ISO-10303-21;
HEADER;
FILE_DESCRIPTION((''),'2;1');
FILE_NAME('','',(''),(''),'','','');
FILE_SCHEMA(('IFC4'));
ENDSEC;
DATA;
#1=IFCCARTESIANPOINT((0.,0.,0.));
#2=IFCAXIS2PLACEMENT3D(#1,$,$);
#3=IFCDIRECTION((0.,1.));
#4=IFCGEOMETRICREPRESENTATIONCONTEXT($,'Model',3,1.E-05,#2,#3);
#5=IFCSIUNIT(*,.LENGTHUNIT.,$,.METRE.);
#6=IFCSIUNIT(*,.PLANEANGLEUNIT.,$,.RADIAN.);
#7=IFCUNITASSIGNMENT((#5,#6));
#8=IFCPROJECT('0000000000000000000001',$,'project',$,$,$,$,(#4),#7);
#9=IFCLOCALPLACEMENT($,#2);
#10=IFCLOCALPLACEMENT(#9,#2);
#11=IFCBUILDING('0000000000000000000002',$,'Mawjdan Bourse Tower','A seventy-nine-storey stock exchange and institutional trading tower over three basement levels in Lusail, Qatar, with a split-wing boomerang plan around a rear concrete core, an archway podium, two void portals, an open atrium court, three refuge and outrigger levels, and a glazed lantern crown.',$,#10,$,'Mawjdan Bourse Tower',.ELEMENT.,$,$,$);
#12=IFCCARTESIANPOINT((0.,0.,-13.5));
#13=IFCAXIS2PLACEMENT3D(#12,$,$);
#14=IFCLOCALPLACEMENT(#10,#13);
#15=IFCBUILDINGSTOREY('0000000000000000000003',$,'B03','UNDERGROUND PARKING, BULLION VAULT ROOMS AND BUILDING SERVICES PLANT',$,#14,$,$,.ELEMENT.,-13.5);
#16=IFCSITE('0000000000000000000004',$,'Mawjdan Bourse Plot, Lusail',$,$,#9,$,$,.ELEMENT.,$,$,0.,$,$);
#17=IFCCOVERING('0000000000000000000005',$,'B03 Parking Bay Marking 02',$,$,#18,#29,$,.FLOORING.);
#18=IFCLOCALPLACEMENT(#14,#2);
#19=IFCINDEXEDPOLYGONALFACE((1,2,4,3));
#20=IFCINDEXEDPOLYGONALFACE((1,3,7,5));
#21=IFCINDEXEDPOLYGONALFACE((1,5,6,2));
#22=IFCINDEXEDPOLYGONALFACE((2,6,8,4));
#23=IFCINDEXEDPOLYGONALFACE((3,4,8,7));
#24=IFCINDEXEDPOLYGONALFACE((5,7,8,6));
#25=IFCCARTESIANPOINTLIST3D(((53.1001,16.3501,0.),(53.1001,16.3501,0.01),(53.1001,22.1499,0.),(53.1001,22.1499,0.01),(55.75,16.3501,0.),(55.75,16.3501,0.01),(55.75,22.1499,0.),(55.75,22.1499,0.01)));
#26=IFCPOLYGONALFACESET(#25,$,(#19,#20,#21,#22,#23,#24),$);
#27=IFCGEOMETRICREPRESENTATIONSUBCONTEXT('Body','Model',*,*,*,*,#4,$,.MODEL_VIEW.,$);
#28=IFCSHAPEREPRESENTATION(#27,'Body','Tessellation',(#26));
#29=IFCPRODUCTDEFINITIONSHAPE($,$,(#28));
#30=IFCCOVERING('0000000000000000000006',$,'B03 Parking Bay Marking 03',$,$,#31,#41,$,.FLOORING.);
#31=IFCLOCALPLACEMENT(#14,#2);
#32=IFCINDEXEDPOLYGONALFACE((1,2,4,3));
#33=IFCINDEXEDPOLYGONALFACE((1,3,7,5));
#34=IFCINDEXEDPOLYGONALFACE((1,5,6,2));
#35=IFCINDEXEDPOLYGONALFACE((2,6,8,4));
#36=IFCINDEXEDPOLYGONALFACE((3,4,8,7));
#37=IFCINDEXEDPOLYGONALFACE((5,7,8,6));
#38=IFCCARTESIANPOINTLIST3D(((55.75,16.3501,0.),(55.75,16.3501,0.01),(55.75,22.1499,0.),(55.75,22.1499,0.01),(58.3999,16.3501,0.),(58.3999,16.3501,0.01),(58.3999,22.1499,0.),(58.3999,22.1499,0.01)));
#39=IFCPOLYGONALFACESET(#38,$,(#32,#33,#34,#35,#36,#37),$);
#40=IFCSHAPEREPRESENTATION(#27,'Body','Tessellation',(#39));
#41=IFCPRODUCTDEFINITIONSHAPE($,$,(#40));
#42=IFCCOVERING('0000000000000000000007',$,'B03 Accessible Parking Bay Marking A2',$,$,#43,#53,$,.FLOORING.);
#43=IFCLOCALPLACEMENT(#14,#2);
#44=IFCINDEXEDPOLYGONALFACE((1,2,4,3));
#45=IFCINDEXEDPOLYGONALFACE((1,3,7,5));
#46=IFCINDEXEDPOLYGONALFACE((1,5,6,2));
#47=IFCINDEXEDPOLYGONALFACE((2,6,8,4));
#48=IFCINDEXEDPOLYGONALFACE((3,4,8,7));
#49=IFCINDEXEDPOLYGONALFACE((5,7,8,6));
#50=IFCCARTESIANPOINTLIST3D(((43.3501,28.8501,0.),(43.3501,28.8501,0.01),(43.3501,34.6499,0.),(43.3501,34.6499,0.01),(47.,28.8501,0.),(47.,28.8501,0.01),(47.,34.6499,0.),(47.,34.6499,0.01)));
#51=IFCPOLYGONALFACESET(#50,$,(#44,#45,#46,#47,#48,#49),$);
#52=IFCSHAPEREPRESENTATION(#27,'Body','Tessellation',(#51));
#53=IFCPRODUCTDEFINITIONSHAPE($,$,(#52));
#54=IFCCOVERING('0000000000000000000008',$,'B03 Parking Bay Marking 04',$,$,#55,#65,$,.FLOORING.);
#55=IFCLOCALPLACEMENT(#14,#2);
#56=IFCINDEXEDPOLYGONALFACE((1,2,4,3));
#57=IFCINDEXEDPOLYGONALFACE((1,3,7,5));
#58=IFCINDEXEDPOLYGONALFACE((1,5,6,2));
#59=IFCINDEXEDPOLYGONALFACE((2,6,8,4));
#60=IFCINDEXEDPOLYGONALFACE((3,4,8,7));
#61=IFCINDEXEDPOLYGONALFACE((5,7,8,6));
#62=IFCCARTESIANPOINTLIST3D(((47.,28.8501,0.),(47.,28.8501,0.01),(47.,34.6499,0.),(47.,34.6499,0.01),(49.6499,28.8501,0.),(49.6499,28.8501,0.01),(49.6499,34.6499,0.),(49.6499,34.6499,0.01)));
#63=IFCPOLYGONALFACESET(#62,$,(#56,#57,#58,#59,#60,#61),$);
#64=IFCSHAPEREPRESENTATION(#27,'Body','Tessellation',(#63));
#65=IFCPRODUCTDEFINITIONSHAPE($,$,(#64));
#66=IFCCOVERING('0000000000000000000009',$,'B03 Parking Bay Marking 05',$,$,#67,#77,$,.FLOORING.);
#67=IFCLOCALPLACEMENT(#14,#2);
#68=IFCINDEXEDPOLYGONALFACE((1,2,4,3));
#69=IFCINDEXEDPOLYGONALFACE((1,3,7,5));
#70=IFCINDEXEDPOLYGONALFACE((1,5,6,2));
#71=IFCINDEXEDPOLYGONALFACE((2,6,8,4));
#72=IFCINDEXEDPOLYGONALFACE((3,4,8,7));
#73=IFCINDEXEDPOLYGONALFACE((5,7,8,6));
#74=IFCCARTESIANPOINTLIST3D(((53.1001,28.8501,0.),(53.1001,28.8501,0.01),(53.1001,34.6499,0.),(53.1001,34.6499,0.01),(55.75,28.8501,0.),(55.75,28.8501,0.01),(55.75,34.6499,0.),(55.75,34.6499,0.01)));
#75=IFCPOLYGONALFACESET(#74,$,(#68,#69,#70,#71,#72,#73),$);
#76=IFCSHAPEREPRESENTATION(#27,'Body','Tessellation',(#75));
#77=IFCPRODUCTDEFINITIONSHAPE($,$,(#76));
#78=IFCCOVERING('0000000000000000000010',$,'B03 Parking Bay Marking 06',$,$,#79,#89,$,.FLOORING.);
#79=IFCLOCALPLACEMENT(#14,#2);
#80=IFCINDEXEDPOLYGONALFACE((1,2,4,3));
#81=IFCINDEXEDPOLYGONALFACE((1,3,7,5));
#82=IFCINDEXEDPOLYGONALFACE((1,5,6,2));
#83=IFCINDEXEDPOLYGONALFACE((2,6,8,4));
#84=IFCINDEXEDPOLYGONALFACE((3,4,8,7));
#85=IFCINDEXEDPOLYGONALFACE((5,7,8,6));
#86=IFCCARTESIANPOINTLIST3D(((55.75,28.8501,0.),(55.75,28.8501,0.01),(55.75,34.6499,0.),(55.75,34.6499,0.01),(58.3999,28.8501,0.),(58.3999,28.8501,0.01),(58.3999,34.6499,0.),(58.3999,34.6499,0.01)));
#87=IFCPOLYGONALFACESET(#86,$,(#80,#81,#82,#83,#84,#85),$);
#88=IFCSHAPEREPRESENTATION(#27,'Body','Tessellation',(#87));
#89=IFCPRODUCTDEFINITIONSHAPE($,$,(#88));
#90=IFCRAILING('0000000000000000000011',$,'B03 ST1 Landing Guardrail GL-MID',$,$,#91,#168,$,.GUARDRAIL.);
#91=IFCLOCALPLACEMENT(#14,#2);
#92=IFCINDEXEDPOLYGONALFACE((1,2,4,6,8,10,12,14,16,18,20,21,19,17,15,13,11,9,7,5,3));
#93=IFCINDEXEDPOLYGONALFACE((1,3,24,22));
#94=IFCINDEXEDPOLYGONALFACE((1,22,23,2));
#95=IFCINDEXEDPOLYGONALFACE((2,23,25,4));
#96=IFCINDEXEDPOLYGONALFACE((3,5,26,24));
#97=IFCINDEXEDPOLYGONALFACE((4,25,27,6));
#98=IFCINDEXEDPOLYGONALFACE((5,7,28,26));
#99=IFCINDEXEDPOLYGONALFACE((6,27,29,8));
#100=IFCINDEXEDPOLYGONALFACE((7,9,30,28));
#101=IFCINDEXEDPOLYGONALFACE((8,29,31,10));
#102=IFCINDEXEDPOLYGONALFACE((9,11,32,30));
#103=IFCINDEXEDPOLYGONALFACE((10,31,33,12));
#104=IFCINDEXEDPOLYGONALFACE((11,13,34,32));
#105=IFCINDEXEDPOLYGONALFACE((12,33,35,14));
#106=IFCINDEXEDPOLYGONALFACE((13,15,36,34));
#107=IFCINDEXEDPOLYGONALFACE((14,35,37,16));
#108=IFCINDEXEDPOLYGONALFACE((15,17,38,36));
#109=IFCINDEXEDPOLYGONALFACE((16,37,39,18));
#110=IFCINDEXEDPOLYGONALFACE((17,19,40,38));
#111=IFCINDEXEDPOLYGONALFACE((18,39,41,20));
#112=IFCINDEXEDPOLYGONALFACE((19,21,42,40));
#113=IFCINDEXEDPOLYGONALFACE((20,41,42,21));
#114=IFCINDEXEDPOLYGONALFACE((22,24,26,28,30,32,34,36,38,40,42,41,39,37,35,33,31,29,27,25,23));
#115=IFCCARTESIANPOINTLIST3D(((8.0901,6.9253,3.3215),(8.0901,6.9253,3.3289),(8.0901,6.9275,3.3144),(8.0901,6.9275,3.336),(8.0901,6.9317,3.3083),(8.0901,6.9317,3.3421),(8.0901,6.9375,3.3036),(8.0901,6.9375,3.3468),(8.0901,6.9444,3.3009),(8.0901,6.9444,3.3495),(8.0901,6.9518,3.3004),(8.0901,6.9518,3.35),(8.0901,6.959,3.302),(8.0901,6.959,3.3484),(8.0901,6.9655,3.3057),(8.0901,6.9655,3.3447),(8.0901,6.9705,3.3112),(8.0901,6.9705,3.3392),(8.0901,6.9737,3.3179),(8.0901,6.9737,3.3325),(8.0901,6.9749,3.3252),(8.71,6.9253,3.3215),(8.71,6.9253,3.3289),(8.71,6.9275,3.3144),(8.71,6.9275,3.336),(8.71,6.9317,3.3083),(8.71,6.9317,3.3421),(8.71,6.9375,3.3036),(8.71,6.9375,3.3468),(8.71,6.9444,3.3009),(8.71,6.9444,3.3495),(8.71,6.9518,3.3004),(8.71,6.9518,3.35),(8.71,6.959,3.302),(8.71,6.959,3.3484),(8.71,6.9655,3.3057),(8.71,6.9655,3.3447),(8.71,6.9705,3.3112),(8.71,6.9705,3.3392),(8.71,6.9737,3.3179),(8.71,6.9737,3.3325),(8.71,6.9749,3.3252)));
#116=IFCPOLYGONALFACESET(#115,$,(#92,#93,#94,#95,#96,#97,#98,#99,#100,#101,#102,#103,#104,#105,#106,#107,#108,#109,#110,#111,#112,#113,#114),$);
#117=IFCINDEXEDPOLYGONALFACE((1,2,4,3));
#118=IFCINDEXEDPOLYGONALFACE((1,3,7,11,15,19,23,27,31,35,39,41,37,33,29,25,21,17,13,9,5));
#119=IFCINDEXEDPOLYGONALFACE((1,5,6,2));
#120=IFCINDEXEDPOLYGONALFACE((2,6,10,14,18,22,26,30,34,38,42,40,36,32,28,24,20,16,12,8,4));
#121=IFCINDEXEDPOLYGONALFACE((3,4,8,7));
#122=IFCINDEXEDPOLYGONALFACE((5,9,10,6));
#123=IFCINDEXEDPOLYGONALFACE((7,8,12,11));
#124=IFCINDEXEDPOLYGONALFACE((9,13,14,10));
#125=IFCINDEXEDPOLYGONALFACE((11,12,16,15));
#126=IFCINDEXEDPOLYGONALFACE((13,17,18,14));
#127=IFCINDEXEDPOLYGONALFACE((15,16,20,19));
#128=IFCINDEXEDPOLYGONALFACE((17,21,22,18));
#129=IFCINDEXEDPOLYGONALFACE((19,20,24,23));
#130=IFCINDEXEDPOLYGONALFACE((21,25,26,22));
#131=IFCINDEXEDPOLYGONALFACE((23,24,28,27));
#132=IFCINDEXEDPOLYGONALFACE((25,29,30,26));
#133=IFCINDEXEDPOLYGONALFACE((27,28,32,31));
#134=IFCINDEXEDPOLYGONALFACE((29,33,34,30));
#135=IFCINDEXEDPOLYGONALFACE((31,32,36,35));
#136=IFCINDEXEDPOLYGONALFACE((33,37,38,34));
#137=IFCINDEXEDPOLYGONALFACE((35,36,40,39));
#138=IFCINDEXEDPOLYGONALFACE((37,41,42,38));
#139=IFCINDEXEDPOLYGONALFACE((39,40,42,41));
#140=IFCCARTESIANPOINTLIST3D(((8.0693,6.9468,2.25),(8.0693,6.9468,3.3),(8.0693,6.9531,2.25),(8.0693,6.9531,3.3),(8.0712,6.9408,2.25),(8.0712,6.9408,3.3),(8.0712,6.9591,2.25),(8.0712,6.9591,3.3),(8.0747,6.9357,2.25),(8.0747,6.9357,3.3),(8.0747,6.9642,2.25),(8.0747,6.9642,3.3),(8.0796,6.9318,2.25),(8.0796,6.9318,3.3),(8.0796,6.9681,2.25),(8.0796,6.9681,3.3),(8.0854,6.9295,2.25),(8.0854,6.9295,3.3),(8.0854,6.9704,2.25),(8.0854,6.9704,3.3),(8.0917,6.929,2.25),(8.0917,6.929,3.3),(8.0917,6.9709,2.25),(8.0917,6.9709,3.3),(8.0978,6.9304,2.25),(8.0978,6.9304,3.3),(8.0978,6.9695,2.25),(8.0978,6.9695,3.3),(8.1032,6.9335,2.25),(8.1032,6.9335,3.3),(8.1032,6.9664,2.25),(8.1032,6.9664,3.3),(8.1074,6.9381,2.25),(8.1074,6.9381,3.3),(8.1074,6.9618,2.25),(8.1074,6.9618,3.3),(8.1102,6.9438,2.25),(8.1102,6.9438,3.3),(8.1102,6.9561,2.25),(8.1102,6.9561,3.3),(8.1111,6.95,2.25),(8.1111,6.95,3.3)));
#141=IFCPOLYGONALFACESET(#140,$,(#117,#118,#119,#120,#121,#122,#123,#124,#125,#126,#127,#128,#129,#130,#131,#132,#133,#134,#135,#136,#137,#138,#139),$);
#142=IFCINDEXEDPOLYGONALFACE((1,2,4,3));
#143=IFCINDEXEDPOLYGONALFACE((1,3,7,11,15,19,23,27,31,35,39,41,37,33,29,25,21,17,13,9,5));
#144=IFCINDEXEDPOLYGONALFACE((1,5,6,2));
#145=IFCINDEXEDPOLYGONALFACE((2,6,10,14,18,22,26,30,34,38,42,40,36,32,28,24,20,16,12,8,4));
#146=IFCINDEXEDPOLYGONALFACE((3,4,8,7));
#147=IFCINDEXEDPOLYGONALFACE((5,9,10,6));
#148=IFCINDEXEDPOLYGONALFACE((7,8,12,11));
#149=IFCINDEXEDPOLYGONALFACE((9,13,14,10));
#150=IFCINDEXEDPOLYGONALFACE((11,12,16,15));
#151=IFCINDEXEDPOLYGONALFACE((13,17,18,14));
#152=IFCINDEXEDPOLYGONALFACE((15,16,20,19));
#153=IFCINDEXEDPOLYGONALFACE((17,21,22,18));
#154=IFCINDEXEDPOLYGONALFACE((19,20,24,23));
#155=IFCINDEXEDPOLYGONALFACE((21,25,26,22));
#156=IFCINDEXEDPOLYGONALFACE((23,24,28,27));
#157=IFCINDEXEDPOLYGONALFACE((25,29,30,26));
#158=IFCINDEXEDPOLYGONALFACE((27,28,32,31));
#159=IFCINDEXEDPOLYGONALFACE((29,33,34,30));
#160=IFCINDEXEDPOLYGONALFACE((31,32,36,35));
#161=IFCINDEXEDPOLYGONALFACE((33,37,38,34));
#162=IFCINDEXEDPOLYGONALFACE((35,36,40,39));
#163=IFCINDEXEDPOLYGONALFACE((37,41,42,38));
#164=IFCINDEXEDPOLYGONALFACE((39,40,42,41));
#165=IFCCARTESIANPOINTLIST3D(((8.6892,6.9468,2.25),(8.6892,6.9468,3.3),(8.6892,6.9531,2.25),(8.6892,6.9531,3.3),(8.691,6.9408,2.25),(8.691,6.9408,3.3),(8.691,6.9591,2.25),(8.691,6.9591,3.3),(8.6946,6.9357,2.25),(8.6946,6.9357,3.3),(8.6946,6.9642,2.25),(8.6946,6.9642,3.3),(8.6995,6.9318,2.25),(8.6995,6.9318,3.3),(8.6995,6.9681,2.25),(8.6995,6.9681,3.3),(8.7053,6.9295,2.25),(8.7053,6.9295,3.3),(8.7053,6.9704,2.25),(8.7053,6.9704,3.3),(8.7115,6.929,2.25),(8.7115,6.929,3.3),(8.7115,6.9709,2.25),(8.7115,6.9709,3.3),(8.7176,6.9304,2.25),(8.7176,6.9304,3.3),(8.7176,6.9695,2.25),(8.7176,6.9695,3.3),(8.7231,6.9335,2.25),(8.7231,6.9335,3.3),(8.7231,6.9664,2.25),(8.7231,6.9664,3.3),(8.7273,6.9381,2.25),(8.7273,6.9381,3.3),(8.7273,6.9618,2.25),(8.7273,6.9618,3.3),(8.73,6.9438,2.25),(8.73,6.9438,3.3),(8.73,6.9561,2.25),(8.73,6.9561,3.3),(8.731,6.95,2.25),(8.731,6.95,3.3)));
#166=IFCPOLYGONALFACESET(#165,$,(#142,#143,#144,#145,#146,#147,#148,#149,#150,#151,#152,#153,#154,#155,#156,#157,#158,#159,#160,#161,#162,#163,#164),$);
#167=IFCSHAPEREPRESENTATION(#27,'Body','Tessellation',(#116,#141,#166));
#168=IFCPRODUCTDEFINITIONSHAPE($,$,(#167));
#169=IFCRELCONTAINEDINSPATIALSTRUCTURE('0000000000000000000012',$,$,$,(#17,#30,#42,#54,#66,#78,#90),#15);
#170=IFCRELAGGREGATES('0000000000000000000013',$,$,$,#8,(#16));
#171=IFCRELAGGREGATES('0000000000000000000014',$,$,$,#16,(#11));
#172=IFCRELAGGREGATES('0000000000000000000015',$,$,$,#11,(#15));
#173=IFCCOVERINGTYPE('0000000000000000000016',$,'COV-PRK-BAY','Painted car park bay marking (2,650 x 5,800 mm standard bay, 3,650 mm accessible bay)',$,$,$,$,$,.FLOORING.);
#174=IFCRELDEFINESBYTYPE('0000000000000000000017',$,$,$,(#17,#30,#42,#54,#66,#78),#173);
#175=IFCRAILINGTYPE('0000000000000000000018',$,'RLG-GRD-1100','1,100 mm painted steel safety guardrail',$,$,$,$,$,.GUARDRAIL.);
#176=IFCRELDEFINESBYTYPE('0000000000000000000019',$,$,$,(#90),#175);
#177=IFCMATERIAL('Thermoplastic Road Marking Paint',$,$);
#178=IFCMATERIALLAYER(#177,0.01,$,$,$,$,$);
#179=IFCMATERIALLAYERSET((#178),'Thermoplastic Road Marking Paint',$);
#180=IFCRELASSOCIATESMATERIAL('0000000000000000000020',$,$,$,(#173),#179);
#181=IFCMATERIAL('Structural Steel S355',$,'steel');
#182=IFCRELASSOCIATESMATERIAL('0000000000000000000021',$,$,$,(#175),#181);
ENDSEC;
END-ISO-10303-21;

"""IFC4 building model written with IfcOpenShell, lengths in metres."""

from ifc_helpers import new_model, si_unit, direction, frame, origin, origin_2d, place, context, subcontext, project, spatial, polyline, circle, outline, extrude, material, layer, layer_set, type_object, element, save


model = new_model("IFC4")

# Units and contexts
model_context = context("Model", 3, precision=1e-05, world=origin(), true_north=direction((0.0, 1.0)))
body_context = subcontext(model_context, "Body", "Model", "MODEL_VIEW")
ifc_project = project(units=[si_unit("LENGTHUNIT", "METRE"), si_unit("PLANEANGLEUNIT", "RADIAN")], contexts=[model_context])

# Site, building, storey
site_placement = place(None, origin())
site = spatial("IfcSite", under=ifc_project, at=site_placement, Name="Mawjdan Bourse Plot, Lusail", CompositionType="ELEMENT", RefElevation=0.0)
building_placement = place(site_placement, origin())
building = spatial("IfcBuilding", under=site, at=building_placement, Name="Mawjdan Bourse Tower", Description="A seventy-nine-storey stock exchange and institutional trading tower over three basement levels in Lusail, Qatar, with a split-wing boomerang plan around a rear concrete core, an archway podium, two void portals, an open atrium court, three refuge and outrigger levels, and a glazed lantern crown.", LongName="Mawjdan Bourse Tower", CompositionType="ELEMENT")
storey_placement = place(building_placement, frame((0.0, 0.0, -13.5)))
storey = spatial("IfcBuildingStorey", under=building, at=storey_placement, Name="B03", Description="UNDERGROUND PARKING, BULLION VAULT ROOMS AND BUILDING SERVICES PLANT", CompositionType="ELEMENT", Elevation=-13.5)

# Coverings
ifc_material_1 = material(Name="Thermoplastic Road Marking Paint")
ifc_layer_1 = layer(ifc_material_1, 0.01)
ifc_layer_set_1 = layer_set([ifc_layer_1], Name="Thermoplastic Road Marking Paint")
covering_type = type_object("IfcCoveringType", Name="COV-PRK-BAY", Description="Painted car park bay marking (2,650 x 5,800 mm standard bay, 3,650 mm accessible bay)", PredefinedType="FLOORING", material=ifc_layer_set_1)
covering_1_placement = place(storey_placement, origin())
element("IfcCovering", 1, at=covering_1_placement, inside=storey, type_object=covering_type, Name="B03 Parking Bay Marking 02", PredefinedType="FLOORING", context=body_context, shape_type="SweptSolid", body=[
    extrude(outline(polyline([(53.1001, 16.3501), (55.75, 16.3501), (55.75, 22.1499), (53.1001, 22.1499), (53.1001, 16.3501)])), origin(), (0.0, 0.0, 1.0), 0.01),
])
covering_2_placement = place(storey_placement, origin())
element("IfcCovering", 2, at=covering_2_placement, inside=storey, type_object=covering_type, Name="B03 Parking Bay Marking 03", PredefinedType="FLOORING", context=body_context, shape_type="SweptSolid", body=[
    extrude(outline(polyline([(55.75, 16.3501), (58.3999, 16.3501), (58.3999, 22.1499), (55.75, 22.1499), (55.75, 16.3501)])), origin(), (0.0, 0.0, 1.0), 0.01),
])
covering_3_placement = place(storey_placement, origin())
element("IfcCovering", 3, at=covering_3_placement, inside=storey, type_object=covering_type, Name="B03 Accessible Parking Bay Marking A2", PredefinedType="FLOORING", context=body_context, shape_type="SweptSolid", body=[
    extrude(outline(polyline([(43.3501, 28.8501), (47.0, 28.8501), (47.0, 34.6499), (43.3501, 34.6499), (43.3501, 28.8501)])), origin(), (0.0, 0.0, 1.0), 0.01),
])
covering_4_placement = place(storey_placement, origin())
element("IfcCovering", 4, at=covering_4_placement, inside=storey, type_object=covering_type, Name="B03 Parking Bay Marking 04", PredefinedType="FLOORING", context=body_context, shape_type="SweptSolid", body=[
    extrude(outline(polyline([(47.0, 28.8501), (49.6499, 28.8501), (49.6499, 34.6499), (47.0, 34.6499), (47.0, 28.8501)])), origin(), (0.0, 0.0, 1.0), 0.01),
])
covering_5_placement = place(storey_placement, origin())
element("IfcCovering", 5, at=covering_5_placement, inside=storey, type_object=covering_type, Name="B03 Parking Bay Marking 05", PredefinedType="FLOORING", context=body_context, shape_type="SweptSolid", body=[
    extrude(outline(polyline([(53.1001, 28.8501), (55.75, 28.8501), (55.75, 34.6499), (53.1001, 34.6499), (53.1001, 28.8501)])), origin(), (0.0, 0.0, 1.0), 0.01),
])
covering_6_placement = place(storey_placement, origin())
element("IfcCovering", 6, at=covering_6_placement, inside=storey, type_object=covering_type, Name="B03 Parking Bay Marking 06", PredefinedType="FLOORING", context=body_context, shape_type="SweptSolid", body=[
    extrude(outline(polyline([(55.75, 28.8501), (58.3999, 28.8501), (58.3999, 34.6499), (55.75, 34.6499), (55.75, 28.8501)])), origin(), (0.0, 0.0, 1.0), 0.01),
])

# Railing
ifc_material_2 = material(Name="Structural Steel S355", Category="steel")
railing_type_1 = type_object("IfcRailingType", Name="RLG-GRD-1100", Description="1,100 mm painted steel safety guardrail", PredefinedType="GUARDRAIL", material=ifc_material_2)
railing_1_placement = place(storey_placement, frame((8.0901, 6.95, 2.25)))
element("IfcRailing", 7, at=railing_1_placement, inside=storey, type_object=railing_type_1, Name="B03 ST1 Landing Guardrail GL-MID", PredefinedType="GUARDRAIL", context=body_context, shape_type="SweptSolid", body=[
    extrude(circle(Radius=0.0249, at=origin_2d()), frame((0.0, 0.0, 1.0752), z_axis=(1.0, 0.0, 0.0), x_axis=(0.0, 1.0, 0.0)), (0.0, 0.0, 1.0), 0.6199),
    extrude(circle(Radius=0.021, at=origin_2d()), origin(), (0.0, 0.0, 1.0), 1.05),
    extrude(circle(Radius=0.021, at=origin_2d()), frame((0.6199, 0.0, 0.0)), (0.0, 0.0, 1.0), 1.05),
])

save(model, "model.ifc")
